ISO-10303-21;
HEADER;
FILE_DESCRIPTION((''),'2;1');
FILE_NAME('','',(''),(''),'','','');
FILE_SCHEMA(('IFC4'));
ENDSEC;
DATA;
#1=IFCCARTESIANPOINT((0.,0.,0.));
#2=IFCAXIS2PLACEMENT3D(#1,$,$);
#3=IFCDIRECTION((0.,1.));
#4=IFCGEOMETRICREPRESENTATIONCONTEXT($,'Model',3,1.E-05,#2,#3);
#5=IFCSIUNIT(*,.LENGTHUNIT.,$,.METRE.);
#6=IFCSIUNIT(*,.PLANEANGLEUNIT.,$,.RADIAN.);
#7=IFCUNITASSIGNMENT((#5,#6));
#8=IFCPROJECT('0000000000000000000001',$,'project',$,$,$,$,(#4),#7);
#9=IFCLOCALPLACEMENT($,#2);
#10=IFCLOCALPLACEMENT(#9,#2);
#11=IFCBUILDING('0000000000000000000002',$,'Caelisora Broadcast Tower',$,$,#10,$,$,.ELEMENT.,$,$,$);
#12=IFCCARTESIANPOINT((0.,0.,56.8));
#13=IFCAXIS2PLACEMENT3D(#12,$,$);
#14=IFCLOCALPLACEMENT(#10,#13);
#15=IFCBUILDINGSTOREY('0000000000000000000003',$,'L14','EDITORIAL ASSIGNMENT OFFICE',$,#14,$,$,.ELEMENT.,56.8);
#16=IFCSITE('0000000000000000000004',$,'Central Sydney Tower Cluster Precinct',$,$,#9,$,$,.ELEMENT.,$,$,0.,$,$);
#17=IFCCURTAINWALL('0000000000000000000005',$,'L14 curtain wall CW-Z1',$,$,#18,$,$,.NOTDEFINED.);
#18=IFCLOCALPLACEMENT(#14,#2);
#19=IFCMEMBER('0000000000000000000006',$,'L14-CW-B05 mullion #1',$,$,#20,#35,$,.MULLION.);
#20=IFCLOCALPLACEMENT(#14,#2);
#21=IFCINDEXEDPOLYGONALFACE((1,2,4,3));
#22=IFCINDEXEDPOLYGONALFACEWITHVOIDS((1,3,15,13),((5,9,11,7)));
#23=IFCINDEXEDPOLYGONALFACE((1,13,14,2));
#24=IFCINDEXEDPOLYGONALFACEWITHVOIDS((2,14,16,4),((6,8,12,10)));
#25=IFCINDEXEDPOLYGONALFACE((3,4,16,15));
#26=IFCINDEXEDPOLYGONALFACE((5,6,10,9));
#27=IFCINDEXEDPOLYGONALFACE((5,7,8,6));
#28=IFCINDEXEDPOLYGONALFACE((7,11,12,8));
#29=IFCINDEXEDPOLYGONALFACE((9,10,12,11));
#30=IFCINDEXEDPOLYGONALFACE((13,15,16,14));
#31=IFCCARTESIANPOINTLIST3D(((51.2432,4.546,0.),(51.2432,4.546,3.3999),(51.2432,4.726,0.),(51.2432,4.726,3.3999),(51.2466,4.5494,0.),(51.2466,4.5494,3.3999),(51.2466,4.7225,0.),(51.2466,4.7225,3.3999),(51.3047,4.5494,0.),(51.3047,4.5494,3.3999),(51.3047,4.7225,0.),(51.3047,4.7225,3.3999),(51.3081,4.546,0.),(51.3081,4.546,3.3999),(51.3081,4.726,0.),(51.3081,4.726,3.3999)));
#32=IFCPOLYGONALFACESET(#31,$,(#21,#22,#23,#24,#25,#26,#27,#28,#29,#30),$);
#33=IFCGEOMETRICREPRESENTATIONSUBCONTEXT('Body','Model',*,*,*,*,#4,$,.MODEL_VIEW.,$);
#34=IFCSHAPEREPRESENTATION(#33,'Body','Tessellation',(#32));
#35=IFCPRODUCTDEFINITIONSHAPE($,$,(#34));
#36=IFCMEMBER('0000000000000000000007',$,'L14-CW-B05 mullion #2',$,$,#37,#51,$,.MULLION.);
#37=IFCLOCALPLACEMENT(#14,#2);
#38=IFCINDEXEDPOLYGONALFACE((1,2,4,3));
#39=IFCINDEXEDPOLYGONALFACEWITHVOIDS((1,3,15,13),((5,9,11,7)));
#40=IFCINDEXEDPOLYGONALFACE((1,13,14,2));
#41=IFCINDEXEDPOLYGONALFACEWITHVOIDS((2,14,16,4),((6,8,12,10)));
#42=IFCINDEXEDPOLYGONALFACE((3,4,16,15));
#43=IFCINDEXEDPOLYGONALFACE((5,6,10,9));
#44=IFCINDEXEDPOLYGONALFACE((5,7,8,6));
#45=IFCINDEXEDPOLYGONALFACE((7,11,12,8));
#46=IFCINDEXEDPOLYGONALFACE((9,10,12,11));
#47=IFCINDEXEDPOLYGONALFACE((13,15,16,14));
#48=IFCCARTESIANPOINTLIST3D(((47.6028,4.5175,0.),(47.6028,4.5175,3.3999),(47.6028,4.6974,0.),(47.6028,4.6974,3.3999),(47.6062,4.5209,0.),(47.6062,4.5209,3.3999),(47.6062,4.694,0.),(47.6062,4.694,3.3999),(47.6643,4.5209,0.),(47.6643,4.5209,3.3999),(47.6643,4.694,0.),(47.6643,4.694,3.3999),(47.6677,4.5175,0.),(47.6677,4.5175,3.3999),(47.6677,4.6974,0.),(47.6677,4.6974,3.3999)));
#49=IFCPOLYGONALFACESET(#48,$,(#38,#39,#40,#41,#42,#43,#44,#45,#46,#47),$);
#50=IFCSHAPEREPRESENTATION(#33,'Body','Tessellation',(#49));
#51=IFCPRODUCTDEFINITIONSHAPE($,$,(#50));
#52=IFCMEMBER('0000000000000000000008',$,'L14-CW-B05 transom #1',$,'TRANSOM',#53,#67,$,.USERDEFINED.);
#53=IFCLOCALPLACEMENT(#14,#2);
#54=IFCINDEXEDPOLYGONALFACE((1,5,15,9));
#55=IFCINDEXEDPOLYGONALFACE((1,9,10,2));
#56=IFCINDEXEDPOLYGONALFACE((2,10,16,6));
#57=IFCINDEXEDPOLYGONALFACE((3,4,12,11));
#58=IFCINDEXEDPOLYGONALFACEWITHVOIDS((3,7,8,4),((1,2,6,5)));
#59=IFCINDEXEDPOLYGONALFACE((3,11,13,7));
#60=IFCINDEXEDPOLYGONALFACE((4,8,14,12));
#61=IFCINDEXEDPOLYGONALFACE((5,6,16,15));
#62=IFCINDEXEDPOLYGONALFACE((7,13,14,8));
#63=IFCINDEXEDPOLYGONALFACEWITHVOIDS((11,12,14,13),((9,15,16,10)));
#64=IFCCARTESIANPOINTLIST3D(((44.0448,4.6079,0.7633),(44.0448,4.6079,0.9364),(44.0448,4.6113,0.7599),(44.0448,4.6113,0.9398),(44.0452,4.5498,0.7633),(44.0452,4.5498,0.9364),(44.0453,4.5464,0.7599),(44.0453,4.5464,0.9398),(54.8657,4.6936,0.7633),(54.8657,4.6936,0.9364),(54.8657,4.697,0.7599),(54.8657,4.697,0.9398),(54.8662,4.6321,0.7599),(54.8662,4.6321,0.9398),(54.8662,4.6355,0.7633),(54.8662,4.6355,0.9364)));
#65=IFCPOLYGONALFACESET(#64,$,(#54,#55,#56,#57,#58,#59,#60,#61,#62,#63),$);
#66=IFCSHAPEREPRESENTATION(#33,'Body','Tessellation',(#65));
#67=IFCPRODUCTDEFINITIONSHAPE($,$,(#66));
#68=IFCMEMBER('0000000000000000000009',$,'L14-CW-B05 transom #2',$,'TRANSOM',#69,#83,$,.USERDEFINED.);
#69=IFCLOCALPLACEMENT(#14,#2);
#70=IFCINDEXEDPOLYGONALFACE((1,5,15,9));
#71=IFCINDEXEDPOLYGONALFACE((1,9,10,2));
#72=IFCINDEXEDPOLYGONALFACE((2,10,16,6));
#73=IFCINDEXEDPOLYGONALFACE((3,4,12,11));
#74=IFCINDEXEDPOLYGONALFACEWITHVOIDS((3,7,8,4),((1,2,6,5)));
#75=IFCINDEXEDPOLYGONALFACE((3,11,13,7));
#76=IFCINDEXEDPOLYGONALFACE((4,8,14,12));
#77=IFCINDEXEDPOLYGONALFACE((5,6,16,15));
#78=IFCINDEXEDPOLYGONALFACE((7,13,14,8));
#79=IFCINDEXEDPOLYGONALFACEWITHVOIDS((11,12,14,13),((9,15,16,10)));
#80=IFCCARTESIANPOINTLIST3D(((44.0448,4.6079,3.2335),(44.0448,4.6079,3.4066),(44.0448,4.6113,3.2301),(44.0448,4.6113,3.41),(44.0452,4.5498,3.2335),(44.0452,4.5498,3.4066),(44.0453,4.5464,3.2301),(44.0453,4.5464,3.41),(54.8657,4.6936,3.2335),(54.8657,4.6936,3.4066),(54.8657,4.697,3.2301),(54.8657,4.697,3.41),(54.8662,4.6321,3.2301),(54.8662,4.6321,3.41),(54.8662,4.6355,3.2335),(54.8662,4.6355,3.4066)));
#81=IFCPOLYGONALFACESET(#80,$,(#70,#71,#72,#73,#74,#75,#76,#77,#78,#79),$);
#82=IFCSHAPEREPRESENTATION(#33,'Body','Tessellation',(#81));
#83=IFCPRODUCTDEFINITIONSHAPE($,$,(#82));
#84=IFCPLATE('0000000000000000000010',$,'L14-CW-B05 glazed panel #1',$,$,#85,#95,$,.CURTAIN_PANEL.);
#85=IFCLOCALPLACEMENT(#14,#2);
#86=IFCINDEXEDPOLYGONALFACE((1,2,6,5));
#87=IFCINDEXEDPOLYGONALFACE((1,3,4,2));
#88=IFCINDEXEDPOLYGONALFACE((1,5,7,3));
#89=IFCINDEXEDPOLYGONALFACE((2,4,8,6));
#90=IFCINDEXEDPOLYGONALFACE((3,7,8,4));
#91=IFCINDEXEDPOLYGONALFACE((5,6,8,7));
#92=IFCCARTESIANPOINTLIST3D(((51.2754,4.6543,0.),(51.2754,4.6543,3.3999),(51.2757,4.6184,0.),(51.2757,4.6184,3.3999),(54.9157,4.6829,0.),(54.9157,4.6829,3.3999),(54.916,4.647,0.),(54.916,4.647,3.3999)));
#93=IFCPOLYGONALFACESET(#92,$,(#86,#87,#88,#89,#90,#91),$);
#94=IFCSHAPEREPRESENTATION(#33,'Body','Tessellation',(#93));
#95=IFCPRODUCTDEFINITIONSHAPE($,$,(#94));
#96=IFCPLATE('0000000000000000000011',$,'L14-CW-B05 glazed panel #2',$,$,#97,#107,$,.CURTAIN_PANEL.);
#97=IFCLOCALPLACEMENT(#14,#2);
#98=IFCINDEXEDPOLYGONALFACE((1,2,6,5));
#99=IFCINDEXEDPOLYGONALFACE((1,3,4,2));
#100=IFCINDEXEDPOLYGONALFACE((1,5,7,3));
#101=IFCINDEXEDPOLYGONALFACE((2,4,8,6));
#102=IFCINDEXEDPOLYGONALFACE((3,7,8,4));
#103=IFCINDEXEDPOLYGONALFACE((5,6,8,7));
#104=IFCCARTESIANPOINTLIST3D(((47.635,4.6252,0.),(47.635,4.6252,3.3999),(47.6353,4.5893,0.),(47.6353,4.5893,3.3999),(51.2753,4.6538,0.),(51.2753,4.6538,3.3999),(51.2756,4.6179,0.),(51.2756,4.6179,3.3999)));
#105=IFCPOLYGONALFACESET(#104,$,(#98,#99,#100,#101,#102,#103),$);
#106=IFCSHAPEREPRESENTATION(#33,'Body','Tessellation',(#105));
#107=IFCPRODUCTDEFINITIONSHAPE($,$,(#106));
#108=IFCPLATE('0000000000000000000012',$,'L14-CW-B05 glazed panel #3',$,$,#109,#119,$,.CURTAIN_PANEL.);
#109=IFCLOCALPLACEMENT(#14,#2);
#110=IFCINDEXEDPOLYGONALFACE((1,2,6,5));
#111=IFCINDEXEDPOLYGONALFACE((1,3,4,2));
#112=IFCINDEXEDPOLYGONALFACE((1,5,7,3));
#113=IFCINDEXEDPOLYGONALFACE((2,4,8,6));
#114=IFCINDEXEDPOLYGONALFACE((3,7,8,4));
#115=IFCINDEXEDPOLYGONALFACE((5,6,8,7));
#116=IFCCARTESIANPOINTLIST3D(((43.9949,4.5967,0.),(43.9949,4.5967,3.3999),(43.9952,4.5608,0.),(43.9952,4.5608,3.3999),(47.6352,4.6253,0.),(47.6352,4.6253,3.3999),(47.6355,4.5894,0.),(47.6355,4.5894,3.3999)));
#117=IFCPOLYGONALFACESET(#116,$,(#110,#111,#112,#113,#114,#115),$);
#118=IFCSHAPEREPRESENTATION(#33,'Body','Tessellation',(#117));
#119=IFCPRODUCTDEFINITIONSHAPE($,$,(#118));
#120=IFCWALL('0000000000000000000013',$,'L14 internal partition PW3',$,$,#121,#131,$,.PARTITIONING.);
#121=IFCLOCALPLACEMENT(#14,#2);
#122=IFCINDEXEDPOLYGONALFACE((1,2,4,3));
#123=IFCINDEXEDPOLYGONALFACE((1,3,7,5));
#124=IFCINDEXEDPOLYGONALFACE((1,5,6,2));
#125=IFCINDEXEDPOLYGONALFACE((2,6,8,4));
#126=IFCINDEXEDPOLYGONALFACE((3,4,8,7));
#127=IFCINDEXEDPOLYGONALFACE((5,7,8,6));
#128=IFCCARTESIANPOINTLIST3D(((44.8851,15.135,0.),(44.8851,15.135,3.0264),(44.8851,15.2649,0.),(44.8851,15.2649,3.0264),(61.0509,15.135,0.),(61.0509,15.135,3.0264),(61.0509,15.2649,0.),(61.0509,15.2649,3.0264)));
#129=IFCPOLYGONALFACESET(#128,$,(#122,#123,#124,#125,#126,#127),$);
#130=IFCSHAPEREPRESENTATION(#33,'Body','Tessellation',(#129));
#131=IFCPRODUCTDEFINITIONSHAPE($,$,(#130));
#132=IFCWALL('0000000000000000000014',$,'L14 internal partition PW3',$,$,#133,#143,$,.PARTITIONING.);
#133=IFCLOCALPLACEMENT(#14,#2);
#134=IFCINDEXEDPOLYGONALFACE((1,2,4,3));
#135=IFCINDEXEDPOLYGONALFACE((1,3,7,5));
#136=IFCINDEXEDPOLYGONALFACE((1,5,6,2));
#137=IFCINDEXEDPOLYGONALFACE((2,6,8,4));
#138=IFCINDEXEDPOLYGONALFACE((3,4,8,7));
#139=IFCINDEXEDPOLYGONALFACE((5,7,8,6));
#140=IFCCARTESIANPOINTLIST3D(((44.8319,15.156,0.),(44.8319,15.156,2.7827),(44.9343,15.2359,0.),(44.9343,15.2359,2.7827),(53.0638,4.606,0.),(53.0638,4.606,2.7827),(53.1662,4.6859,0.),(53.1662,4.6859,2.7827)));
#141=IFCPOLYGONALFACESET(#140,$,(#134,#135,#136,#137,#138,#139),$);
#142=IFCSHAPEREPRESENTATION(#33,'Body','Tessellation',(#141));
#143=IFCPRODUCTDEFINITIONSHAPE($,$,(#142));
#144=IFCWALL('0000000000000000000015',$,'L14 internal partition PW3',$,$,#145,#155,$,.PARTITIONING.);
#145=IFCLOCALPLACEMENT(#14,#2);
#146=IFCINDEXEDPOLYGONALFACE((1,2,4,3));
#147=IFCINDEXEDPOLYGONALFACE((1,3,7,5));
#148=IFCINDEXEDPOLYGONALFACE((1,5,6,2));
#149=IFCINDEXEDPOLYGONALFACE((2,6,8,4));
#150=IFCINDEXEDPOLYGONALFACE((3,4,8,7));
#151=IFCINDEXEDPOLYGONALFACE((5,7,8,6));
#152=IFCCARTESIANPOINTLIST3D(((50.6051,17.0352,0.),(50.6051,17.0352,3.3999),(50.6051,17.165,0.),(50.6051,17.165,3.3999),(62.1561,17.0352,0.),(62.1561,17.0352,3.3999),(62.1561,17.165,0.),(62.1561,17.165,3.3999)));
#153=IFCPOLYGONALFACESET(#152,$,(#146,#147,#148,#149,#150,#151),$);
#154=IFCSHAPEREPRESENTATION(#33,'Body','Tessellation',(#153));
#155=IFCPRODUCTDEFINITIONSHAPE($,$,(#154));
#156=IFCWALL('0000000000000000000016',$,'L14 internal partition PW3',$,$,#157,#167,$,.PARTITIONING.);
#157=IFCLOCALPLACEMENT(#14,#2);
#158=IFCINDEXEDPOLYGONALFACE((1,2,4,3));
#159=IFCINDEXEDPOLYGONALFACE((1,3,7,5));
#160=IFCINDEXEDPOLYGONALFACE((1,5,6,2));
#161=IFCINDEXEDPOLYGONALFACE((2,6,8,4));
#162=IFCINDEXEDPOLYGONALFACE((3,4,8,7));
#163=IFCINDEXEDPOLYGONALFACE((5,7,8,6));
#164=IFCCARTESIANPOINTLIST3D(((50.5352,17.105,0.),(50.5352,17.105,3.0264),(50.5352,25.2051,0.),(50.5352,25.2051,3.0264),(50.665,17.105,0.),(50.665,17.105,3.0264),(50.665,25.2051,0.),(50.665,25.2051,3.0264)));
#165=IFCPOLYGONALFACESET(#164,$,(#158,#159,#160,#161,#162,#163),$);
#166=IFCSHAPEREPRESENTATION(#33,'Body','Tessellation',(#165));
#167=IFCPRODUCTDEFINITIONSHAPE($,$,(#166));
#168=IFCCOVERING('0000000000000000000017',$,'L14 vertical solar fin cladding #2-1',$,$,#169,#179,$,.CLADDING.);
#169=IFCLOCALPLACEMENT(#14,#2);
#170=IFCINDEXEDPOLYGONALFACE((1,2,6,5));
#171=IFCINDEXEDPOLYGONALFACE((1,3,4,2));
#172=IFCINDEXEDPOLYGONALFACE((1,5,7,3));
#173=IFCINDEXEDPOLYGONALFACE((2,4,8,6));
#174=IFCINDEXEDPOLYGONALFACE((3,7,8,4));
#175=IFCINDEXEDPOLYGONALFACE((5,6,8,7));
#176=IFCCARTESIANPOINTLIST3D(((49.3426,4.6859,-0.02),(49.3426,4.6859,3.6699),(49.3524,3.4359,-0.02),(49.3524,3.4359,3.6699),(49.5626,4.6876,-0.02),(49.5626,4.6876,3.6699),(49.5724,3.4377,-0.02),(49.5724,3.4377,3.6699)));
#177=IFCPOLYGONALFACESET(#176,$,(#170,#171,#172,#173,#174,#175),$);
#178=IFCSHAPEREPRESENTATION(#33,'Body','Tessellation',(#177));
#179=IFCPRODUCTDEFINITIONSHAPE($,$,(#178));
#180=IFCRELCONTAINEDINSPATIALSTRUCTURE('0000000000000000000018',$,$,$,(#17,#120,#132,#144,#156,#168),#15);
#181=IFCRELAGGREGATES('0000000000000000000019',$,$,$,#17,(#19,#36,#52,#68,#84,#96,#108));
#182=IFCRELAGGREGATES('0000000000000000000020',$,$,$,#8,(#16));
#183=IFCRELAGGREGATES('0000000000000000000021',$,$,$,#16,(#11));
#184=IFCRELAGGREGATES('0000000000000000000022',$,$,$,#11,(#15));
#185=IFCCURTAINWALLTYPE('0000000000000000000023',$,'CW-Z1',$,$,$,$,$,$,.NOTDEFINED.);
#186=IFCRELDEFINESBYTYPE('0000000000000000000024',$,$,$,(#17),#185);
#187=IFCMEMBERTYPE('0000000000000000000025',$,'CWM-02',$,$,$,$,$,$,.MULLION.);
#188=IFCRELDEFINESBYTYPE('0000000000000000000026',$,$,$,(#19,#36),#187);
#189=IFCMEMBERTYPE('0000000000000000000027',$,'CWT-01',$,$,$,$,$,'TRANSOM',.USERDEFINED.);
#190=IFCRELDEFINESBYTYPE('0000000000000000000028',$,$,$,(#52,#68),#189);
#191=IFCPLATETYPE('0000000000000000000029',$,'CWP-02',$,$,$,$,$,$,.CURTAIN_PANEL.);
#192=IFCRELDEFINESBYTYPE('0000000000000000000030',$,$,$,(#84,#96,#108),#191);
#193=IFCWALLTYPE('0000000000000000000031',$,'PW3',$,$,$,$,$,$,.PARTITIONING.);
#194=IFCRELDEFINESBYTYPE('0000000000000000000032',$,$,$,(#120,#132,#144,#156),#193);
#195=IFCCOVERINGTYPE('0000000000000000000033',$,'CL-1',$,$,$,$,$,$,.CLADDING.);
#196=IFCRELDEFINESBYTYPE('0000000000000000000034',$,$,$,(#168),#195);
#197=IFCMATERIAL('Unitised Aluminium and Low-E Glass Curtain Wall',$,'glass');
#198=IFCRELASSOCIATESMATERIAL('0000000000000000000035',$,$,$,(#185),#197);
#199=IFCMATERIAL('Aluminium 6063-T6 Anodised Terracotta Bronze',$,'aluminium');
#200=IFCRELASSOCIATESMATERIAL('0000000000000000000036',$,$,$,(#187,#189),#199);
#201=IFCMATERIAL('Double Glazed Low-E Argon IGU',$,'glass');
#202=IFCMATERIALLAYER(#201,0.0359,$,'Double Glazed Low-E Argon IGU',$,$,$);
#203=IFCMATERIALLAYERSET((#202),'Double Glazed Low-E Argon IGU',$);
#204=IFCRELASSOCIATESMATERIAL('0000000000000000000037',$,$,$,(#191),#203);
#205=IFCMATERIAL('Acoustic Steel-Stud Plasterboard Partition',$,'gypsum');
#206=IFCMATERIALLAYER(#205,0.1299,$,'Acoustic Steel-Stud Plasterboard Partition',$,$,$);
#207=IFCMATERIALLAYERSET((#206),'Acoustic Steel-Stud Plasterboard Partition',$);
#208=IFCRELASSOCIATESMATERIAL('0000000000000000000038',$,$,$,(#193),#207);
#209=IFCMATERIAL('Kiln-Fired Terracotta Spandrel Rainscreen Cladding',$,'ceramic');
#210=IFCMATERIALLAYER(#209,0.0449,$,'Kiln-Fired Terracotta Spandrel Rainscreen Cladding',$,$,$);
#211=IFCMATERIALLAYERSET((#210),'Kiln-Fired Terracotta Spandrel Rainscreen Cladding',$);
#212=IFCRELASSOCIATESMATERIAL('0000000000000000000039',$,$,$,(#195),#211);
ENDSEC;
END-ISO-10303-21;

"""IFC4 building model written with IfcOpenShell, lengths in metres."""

from ifc_helpers import new_model, si_unit, direction, frame, frame_2d, origin, origin_2d, place, context, subcontext, project, spatial, rectangle, hollow_rectangle, extrude, source, transform, mapped, material, layer, layer_set, material_profile, profile_set, type_object, type_shapes, element, aggregate, save


model = new_model("IFC4")

# Units and contexts
model_context = context("Model", 3, precision=1e-05, world=origin(), true_north=direction((0.0, 1.0)))
body_context = subcontext(model_context, "Body", "Model", "MODEL_VIEW")
ifc_project = project(units=[si_unit("LENGTHUNIT", "METRE"), si_unit("PLANEANGLEUNIT", "RADIAN")], contexts=[model_context])

# Site, building, storey
site_placement = place(None, origin())
site = spatial("IfcSite", under=ifc_project, at=site_placement, Name="Central Sydney Tower Cluster Precinct", CompositionType="ELEMENT", RefElevation=0.0)
building_placement = place(site_placement, origin())
building = spatial("IfcBuilding", under=site, at=building_placement, Name="Caelisora Broadcast Tower", CompositionType="ELEMENT")
storey_placement = place(building_placement, frame((0.0, 0.0, 56.8)))
storey = spatial("IfcBuildingStorey", under=building, at=storey_placement, Name="L14", Description="EDITORIAL ASSIGNMENT OFFICE", CompositionType="ELEMENT", Elevation=56.8)

# Curtain wall, members, plates
ifc_material_1 = material(Name="Unitised Aluminium and Low-E Glass Curtain Wall", Category="glass")
curtain_wall_type = type_object("IfcCurtainWallType", Name="CW-Z1", PredefinedType="NOTDEFINED", material=ifc_material_1)
curtain_wall_placement = place(storey_placement, origin())
curtain_wall = element("IfcCurtainWall", 1, at=curtain_wall_placement, inside=storey, type_object=curtain_wall_type, Name="L14 curtain wall CW-Z1", PredefinedType="NOTDEFINED")
ifc_material_2 = material(Name="Aluminium 6063-T6 Anodised Terracotta Bronze", Category="aluminium")
ifc_material_profile_1 = material_profile(ifc_material_2, hollow_rectangle(XDim=0.0649, YDim=0.1799, WallThickness=0.0034, at=origin_2d()), Name="Aluminium 6063-T6 Anodised Terracotta Bronze")
ifc_profile_set_1 = profile_set([ifc_material_profile_1], Name="Aluminium 6063-T6 Anodised Terracotta Bronze")
member_type_1 = type_object("IfcMemberType", Name="CWM-02", PredefinedType="MULLION", material=ifc_profile_set_1)
shared_shape_1 = source(origin(), body_context, "Body", "SweptSolid", [
    extrude(hollow_rectangle(XDim=0.0649, YDim=0.1799, WallThickness=0.0034, at=origin_2d()), origin(), (0.0, 0.0, 1.0), 3.3999),
])
type_shapes(member_type_1, [shared_shape_1])
member_1_placement = place(storey_placement, frame((51.2756, 4.636, 0.0), z_axis=(0.0, 0.0, 1.0), x_axis=(1.0, 0.0, 0.0)))
member_1 = element("IfcMember", 2, at=member_1_placement, type_object=member_type_1, Name="L14-CW-B05 mullion #1", PredefinedType="MULLION", context=body_context, shape_type="MappedRepresentation", body=[
    mapped(shared_shape_1, transform((0.0, 0.0, 0.0), scale=1.0)),
])
member_2_placement = place(storey_placement, frame((47.6353, 4.6074, 0.0), z_axis=(0.0, 0.0, 1.0), x_axis=(1.0, 0.0, 0.0)))
member_2 = element("IfcMember", 3, at=member_2_placement, type_object=member_type_1, Name="L14-CW-B05 mullion #2", PredefinedType="MULLION", context=body_context, shape_type="MappedRepresentation", body=[
    mapped(shared_shape_1, transform((0.0, 0.0, 0.0), scale=1.0)),
])
ifc_material_profile_2 = material_profile(ifc_material_2, hollow_rectangle(XDim=0.0649, YDim=0.1799, WallThickness=0.0034, at=origin_2d()), Name="Aluminium 6063-T6 Anodised Terracotta Bronze")
ifc_profile_set_2 = profile_set([ifc_material_profile_2], Name="Aluminium 6063-T6 Anodised Terracotta Bronze")
member_type_2 = type_object("IfcMemberType", Name="CWT-01", ElementType="TRANSOM", PredefinedType="USERDEFINED", material=ifc_profile_set_2)
shared_shape_2 = source(origin(), body_context, "Body", "SweptSolid", [
    extrude(hollow_rectangle(XDim=0.0649, YDim=0.1799, WallThickness=0.0034, at=origin_2d()), origin(), (0.0, 0.0, 1.0), 10.8213),
])
type_shapes(member_type_2, [shared_shape_2])
member_3_placement = place(storey_placement, frame((54.866, 4.6646, 0.8499), z_axis=(-0.999969, -0.007919, 0.0), x_axis=(0.007919, -0.999969, 0.0)))
member_3 = element("IfcMember", 4, at=member_3_placement, type_object=member_type_2, Name="L14-CW-B05 transom #1", ObjectType="TRANSOM", PredefinedType="USERDEFINED", context=body_context, shape_type="MappedRepresentation", body=[
    mapped(shared_shape_2, transform((0.0, 0.0, 0.0), scale=1.0)),
])
member_4_placement = place(storey_placement, frame((54.866, 4.6646, 3.3201), z_axis=(-0.999969, -0.007919, 0.0), x_axis=(0.007919, -0.999969, 0.0)))
member_4 = element("IfcMember", 5, at=member_4_placement, type_object=member_type_2, Name="L14-CW-B05 transom #2", ObjectType="TRANSOM", PredefinedType="USERDEFINED", context=body_context, shape_type="MappedRepresentation", body=[
    mapped(shared_shape_2, transform((0.0, 0.0, 0.0), scale=1.0)),
])
ifc_material_3 = material(Name="Double Glazed Low-E Argon IGU", Category="glass")
ifc_layer_1 = layer(ifc_material_3, 0.0359, Name="Double Glazed Low-E Argon IGU")
ifc_layer_set_1 = layer_set([ifc_layer_1], Name="Double Glazed Low-E Argon IGU")
plate_type = type_object("IfcPlateType", Name="CWP-02", PredefinedType="CURTAIN_PANEL", material=ifc_layer_set_1)
shared_shape_3 = source(origin(), body_context, "Body", "SweptSolid", [
    extrude(rectangle(XDim=3.6404, YDim=0.0359, at=origin_2d()), origin(), (0.0, 0.0, 1.0), 3.3999),
])
type_shapes(plate_type, [shared_shape_3])
plate_1_placement = place(storey_placement, frame((53.0957, 4.6506, 0.0), z_axis=(0.0, 0.0, 1.0), x_axis=(-0.999969, -0.007854, 0.0)))
plate_1 = element("IfcPlate", 6, at=plate_1_placement, type_object=plate_type, Name="L14-CW-B05 glazed panel #1", PredefinedType="CURTAIN_PANEL", context=body_context, shape_type="MappedRepresentation", body=[
    mapped(shared_shape_3, transform((0.0, 0.0, 0.0), scale=1.0)),
])
plate_2_placement = place(storey_placement, frame((49.4553, 4.6216, 0.0), z_axis=(0.0, 0.0, 1.0), x_axis=(-0.999969, -0.007854, 0.0)))
plate_2 = element("IfcPlate", 7, at=plate_2_placement, type_object=plate_type, Name="L14-CW-B05 glazed panel #2", PredefinedType="CURTAIN_PANEL", context=body_context, shape_type="MappedRepresentation", body=[
    mapped(shared_shape_3, transform((0.0, 0.0, 0.0), scale=1.0)),
])
plate_3_placement = place(storey_placement, frame((45.8152, 4.593, 0.0), z_axis=(0.0, 0.0, 1.0), x_axis=(-0.999969, -0.007854, 0.0)))
plate_3 = element("IfcPlate", 8, at=plate_3_placement, type_object=plate_type, Name="L14-CW-B05 glazed panel #3", PredefinedType="CURTAIN_PANEL", context=body_context, shape_type="MappedRepresentation", body=[
    mapped(shared_shape_3, transform((0.0, 0.0, 0.0), scale=1.0)),
])
aggregate(curtain_wall, [member_1, member_2, member_3, member_4, plate_1, plate_2, plate_3])

# Walls
ifc_material_4 = material(Name="Acoustic Steel-Stud Plasterboard Partition", Category="gypsum")
ifc_layer_2 = layer(ifc_material_4, 0.1299, Name="Acoustic Steel-Stud Plasterboard Partition")
ifc_layer_set_2 = layer_set([ifc_layer_2], Name="Acoustic Steel-Stud Plasterboard Partition")
wall_type_1 = type_object("IfcWallType", Name="PW3", PredefinedType="PARTITIONING", material=ifc_layer_set_2)
wall_1_placement = place(storey_placement, frame((44.885, 15.2, 0.0), z_axis=(0.0, 0.0, 1.0), x_axis=(1.0, 0.0, 0.0)))
element("IfcWall", 9, at=wall_1_placement, inside=storey, type_object=wall_type_1, Name="L14 internal partition PW3", PredefinedType="PARTITIONING", context=body_context, shape_type="SweptSolid", body=[
    extrude(rectangle(XDim=16.1658, YDim=0.1299, at=frame_2d((8.083, 0.0))), origin(), (0.0, 0.0, 1.0), 3.0264),
])
wall_2_placement = place(storey_placement, frame((44.8831, 15.196, 0.0), z_axis=(0.0, 0.0, 1.0), x_axis=(0.615166, -0.788397, 0.0)))
element("IfcWall", 10, at=wall_2_placement, inside=storey, type_object=wall_type_1, Name="L14 internal partition PW3", PredefinedType="PARTITIONING", context=body_context, shape_type="SweptSolid", body=[
    extrude(rectangle(XDim=13.3816, YDim=0.1299, at=frame_2d((6.6909, 0.0))), origin(), (0.0, 0.0, 1.0), 2.7827),
])
wall_3_placement = place(storey_placement, frame((62.156, 17.1001, 0.0), z_axis=(0.0, 0.0, 1.0), x_axis=(-1.0, 0.0, 0.0)))
element("IfcWall", 11, at=wall_3_placement, inside=storey, type_object=wall_type_1, Name="L14 internal partition PW3", PredefinedType="PARTITIONING", context=body_context, shape_type="SweptSolid", body=[
    extrude(rectangle(XDim=11.551, YDim=0.1299, at=frame_2d((5.7754, 0.0))), origin(), (0.0, 0.0, 1.0), 3.3999),
])
wall_4_placement = place(storey_placement, frame((50.6001, 17.105, 0.0), z_axis=(0.0, 0.0, 1.0), x_axis=(0.0, 1.0, 0.0)))
element("IfcWall", 12, at=wall_4_placement, inside=storey, type_object=wall_type_1, Name="L14 internal partition PW3", PredefinedType="PARTITIONING", context=body_context, shape_type="SweptSolid", body=[
    extrude(rectangle(XDim=8.1001, YDim=0.1299, at=frame_2d((4.05, 0.0))), origin(), (0.0, 0.0, 1.0), 3.0264),
])

# Covering
ifc_material_5 = material(Name="Kiln-Fired Terracotta Spandrel Rainscreen Cladding", Category="ceramic")
ifc_layer_3 = layer(ifc_material_5, 0.0449, Name="Kiln-Fired Terracotta Spandrel Rainscreen Cladding")
ifc_layer_set_3 = layer_set([ifc_layer_3], Name="Kiln-Fired Terracotta Spandrel Rainscreen Cladding")
covering_type = type_object("IfcCoveringType", Name="CL-1", PredefinedType="CLADDING", material=ifc_layer_set_3)
shared_shape_4 = source(origin(), body_context, "Body", "SweptSolid", [
    extrude(rectangle(XDim=0.22, YDim=1.25, at=origin_2d()), origin(), (0.0, 0.0, 1.0), 3.6899),
])
type_shapes(covering_type, [shared_shape_4])
covering_placement = place(storey_placement, frame((49.4575, 4.0618, -0.02), z_axis=(0.0, 0.0, 1.0), x_axis=(-0.999969, -0.007854, 0.0)))
element("IfcCovering", 13, at=covering_placement, inside=storey, type_object=covering_type, Name="L14 vertical solar fin cladding #2-1", PredefinedType="CLADDING", context=body_context, shape_type="MappedRepresentation", body=[
    mapped(shared_shape_4, transform((0.0, 0.0, 0.0), scale=1.0)),
])

save(model, "model.ifc")
